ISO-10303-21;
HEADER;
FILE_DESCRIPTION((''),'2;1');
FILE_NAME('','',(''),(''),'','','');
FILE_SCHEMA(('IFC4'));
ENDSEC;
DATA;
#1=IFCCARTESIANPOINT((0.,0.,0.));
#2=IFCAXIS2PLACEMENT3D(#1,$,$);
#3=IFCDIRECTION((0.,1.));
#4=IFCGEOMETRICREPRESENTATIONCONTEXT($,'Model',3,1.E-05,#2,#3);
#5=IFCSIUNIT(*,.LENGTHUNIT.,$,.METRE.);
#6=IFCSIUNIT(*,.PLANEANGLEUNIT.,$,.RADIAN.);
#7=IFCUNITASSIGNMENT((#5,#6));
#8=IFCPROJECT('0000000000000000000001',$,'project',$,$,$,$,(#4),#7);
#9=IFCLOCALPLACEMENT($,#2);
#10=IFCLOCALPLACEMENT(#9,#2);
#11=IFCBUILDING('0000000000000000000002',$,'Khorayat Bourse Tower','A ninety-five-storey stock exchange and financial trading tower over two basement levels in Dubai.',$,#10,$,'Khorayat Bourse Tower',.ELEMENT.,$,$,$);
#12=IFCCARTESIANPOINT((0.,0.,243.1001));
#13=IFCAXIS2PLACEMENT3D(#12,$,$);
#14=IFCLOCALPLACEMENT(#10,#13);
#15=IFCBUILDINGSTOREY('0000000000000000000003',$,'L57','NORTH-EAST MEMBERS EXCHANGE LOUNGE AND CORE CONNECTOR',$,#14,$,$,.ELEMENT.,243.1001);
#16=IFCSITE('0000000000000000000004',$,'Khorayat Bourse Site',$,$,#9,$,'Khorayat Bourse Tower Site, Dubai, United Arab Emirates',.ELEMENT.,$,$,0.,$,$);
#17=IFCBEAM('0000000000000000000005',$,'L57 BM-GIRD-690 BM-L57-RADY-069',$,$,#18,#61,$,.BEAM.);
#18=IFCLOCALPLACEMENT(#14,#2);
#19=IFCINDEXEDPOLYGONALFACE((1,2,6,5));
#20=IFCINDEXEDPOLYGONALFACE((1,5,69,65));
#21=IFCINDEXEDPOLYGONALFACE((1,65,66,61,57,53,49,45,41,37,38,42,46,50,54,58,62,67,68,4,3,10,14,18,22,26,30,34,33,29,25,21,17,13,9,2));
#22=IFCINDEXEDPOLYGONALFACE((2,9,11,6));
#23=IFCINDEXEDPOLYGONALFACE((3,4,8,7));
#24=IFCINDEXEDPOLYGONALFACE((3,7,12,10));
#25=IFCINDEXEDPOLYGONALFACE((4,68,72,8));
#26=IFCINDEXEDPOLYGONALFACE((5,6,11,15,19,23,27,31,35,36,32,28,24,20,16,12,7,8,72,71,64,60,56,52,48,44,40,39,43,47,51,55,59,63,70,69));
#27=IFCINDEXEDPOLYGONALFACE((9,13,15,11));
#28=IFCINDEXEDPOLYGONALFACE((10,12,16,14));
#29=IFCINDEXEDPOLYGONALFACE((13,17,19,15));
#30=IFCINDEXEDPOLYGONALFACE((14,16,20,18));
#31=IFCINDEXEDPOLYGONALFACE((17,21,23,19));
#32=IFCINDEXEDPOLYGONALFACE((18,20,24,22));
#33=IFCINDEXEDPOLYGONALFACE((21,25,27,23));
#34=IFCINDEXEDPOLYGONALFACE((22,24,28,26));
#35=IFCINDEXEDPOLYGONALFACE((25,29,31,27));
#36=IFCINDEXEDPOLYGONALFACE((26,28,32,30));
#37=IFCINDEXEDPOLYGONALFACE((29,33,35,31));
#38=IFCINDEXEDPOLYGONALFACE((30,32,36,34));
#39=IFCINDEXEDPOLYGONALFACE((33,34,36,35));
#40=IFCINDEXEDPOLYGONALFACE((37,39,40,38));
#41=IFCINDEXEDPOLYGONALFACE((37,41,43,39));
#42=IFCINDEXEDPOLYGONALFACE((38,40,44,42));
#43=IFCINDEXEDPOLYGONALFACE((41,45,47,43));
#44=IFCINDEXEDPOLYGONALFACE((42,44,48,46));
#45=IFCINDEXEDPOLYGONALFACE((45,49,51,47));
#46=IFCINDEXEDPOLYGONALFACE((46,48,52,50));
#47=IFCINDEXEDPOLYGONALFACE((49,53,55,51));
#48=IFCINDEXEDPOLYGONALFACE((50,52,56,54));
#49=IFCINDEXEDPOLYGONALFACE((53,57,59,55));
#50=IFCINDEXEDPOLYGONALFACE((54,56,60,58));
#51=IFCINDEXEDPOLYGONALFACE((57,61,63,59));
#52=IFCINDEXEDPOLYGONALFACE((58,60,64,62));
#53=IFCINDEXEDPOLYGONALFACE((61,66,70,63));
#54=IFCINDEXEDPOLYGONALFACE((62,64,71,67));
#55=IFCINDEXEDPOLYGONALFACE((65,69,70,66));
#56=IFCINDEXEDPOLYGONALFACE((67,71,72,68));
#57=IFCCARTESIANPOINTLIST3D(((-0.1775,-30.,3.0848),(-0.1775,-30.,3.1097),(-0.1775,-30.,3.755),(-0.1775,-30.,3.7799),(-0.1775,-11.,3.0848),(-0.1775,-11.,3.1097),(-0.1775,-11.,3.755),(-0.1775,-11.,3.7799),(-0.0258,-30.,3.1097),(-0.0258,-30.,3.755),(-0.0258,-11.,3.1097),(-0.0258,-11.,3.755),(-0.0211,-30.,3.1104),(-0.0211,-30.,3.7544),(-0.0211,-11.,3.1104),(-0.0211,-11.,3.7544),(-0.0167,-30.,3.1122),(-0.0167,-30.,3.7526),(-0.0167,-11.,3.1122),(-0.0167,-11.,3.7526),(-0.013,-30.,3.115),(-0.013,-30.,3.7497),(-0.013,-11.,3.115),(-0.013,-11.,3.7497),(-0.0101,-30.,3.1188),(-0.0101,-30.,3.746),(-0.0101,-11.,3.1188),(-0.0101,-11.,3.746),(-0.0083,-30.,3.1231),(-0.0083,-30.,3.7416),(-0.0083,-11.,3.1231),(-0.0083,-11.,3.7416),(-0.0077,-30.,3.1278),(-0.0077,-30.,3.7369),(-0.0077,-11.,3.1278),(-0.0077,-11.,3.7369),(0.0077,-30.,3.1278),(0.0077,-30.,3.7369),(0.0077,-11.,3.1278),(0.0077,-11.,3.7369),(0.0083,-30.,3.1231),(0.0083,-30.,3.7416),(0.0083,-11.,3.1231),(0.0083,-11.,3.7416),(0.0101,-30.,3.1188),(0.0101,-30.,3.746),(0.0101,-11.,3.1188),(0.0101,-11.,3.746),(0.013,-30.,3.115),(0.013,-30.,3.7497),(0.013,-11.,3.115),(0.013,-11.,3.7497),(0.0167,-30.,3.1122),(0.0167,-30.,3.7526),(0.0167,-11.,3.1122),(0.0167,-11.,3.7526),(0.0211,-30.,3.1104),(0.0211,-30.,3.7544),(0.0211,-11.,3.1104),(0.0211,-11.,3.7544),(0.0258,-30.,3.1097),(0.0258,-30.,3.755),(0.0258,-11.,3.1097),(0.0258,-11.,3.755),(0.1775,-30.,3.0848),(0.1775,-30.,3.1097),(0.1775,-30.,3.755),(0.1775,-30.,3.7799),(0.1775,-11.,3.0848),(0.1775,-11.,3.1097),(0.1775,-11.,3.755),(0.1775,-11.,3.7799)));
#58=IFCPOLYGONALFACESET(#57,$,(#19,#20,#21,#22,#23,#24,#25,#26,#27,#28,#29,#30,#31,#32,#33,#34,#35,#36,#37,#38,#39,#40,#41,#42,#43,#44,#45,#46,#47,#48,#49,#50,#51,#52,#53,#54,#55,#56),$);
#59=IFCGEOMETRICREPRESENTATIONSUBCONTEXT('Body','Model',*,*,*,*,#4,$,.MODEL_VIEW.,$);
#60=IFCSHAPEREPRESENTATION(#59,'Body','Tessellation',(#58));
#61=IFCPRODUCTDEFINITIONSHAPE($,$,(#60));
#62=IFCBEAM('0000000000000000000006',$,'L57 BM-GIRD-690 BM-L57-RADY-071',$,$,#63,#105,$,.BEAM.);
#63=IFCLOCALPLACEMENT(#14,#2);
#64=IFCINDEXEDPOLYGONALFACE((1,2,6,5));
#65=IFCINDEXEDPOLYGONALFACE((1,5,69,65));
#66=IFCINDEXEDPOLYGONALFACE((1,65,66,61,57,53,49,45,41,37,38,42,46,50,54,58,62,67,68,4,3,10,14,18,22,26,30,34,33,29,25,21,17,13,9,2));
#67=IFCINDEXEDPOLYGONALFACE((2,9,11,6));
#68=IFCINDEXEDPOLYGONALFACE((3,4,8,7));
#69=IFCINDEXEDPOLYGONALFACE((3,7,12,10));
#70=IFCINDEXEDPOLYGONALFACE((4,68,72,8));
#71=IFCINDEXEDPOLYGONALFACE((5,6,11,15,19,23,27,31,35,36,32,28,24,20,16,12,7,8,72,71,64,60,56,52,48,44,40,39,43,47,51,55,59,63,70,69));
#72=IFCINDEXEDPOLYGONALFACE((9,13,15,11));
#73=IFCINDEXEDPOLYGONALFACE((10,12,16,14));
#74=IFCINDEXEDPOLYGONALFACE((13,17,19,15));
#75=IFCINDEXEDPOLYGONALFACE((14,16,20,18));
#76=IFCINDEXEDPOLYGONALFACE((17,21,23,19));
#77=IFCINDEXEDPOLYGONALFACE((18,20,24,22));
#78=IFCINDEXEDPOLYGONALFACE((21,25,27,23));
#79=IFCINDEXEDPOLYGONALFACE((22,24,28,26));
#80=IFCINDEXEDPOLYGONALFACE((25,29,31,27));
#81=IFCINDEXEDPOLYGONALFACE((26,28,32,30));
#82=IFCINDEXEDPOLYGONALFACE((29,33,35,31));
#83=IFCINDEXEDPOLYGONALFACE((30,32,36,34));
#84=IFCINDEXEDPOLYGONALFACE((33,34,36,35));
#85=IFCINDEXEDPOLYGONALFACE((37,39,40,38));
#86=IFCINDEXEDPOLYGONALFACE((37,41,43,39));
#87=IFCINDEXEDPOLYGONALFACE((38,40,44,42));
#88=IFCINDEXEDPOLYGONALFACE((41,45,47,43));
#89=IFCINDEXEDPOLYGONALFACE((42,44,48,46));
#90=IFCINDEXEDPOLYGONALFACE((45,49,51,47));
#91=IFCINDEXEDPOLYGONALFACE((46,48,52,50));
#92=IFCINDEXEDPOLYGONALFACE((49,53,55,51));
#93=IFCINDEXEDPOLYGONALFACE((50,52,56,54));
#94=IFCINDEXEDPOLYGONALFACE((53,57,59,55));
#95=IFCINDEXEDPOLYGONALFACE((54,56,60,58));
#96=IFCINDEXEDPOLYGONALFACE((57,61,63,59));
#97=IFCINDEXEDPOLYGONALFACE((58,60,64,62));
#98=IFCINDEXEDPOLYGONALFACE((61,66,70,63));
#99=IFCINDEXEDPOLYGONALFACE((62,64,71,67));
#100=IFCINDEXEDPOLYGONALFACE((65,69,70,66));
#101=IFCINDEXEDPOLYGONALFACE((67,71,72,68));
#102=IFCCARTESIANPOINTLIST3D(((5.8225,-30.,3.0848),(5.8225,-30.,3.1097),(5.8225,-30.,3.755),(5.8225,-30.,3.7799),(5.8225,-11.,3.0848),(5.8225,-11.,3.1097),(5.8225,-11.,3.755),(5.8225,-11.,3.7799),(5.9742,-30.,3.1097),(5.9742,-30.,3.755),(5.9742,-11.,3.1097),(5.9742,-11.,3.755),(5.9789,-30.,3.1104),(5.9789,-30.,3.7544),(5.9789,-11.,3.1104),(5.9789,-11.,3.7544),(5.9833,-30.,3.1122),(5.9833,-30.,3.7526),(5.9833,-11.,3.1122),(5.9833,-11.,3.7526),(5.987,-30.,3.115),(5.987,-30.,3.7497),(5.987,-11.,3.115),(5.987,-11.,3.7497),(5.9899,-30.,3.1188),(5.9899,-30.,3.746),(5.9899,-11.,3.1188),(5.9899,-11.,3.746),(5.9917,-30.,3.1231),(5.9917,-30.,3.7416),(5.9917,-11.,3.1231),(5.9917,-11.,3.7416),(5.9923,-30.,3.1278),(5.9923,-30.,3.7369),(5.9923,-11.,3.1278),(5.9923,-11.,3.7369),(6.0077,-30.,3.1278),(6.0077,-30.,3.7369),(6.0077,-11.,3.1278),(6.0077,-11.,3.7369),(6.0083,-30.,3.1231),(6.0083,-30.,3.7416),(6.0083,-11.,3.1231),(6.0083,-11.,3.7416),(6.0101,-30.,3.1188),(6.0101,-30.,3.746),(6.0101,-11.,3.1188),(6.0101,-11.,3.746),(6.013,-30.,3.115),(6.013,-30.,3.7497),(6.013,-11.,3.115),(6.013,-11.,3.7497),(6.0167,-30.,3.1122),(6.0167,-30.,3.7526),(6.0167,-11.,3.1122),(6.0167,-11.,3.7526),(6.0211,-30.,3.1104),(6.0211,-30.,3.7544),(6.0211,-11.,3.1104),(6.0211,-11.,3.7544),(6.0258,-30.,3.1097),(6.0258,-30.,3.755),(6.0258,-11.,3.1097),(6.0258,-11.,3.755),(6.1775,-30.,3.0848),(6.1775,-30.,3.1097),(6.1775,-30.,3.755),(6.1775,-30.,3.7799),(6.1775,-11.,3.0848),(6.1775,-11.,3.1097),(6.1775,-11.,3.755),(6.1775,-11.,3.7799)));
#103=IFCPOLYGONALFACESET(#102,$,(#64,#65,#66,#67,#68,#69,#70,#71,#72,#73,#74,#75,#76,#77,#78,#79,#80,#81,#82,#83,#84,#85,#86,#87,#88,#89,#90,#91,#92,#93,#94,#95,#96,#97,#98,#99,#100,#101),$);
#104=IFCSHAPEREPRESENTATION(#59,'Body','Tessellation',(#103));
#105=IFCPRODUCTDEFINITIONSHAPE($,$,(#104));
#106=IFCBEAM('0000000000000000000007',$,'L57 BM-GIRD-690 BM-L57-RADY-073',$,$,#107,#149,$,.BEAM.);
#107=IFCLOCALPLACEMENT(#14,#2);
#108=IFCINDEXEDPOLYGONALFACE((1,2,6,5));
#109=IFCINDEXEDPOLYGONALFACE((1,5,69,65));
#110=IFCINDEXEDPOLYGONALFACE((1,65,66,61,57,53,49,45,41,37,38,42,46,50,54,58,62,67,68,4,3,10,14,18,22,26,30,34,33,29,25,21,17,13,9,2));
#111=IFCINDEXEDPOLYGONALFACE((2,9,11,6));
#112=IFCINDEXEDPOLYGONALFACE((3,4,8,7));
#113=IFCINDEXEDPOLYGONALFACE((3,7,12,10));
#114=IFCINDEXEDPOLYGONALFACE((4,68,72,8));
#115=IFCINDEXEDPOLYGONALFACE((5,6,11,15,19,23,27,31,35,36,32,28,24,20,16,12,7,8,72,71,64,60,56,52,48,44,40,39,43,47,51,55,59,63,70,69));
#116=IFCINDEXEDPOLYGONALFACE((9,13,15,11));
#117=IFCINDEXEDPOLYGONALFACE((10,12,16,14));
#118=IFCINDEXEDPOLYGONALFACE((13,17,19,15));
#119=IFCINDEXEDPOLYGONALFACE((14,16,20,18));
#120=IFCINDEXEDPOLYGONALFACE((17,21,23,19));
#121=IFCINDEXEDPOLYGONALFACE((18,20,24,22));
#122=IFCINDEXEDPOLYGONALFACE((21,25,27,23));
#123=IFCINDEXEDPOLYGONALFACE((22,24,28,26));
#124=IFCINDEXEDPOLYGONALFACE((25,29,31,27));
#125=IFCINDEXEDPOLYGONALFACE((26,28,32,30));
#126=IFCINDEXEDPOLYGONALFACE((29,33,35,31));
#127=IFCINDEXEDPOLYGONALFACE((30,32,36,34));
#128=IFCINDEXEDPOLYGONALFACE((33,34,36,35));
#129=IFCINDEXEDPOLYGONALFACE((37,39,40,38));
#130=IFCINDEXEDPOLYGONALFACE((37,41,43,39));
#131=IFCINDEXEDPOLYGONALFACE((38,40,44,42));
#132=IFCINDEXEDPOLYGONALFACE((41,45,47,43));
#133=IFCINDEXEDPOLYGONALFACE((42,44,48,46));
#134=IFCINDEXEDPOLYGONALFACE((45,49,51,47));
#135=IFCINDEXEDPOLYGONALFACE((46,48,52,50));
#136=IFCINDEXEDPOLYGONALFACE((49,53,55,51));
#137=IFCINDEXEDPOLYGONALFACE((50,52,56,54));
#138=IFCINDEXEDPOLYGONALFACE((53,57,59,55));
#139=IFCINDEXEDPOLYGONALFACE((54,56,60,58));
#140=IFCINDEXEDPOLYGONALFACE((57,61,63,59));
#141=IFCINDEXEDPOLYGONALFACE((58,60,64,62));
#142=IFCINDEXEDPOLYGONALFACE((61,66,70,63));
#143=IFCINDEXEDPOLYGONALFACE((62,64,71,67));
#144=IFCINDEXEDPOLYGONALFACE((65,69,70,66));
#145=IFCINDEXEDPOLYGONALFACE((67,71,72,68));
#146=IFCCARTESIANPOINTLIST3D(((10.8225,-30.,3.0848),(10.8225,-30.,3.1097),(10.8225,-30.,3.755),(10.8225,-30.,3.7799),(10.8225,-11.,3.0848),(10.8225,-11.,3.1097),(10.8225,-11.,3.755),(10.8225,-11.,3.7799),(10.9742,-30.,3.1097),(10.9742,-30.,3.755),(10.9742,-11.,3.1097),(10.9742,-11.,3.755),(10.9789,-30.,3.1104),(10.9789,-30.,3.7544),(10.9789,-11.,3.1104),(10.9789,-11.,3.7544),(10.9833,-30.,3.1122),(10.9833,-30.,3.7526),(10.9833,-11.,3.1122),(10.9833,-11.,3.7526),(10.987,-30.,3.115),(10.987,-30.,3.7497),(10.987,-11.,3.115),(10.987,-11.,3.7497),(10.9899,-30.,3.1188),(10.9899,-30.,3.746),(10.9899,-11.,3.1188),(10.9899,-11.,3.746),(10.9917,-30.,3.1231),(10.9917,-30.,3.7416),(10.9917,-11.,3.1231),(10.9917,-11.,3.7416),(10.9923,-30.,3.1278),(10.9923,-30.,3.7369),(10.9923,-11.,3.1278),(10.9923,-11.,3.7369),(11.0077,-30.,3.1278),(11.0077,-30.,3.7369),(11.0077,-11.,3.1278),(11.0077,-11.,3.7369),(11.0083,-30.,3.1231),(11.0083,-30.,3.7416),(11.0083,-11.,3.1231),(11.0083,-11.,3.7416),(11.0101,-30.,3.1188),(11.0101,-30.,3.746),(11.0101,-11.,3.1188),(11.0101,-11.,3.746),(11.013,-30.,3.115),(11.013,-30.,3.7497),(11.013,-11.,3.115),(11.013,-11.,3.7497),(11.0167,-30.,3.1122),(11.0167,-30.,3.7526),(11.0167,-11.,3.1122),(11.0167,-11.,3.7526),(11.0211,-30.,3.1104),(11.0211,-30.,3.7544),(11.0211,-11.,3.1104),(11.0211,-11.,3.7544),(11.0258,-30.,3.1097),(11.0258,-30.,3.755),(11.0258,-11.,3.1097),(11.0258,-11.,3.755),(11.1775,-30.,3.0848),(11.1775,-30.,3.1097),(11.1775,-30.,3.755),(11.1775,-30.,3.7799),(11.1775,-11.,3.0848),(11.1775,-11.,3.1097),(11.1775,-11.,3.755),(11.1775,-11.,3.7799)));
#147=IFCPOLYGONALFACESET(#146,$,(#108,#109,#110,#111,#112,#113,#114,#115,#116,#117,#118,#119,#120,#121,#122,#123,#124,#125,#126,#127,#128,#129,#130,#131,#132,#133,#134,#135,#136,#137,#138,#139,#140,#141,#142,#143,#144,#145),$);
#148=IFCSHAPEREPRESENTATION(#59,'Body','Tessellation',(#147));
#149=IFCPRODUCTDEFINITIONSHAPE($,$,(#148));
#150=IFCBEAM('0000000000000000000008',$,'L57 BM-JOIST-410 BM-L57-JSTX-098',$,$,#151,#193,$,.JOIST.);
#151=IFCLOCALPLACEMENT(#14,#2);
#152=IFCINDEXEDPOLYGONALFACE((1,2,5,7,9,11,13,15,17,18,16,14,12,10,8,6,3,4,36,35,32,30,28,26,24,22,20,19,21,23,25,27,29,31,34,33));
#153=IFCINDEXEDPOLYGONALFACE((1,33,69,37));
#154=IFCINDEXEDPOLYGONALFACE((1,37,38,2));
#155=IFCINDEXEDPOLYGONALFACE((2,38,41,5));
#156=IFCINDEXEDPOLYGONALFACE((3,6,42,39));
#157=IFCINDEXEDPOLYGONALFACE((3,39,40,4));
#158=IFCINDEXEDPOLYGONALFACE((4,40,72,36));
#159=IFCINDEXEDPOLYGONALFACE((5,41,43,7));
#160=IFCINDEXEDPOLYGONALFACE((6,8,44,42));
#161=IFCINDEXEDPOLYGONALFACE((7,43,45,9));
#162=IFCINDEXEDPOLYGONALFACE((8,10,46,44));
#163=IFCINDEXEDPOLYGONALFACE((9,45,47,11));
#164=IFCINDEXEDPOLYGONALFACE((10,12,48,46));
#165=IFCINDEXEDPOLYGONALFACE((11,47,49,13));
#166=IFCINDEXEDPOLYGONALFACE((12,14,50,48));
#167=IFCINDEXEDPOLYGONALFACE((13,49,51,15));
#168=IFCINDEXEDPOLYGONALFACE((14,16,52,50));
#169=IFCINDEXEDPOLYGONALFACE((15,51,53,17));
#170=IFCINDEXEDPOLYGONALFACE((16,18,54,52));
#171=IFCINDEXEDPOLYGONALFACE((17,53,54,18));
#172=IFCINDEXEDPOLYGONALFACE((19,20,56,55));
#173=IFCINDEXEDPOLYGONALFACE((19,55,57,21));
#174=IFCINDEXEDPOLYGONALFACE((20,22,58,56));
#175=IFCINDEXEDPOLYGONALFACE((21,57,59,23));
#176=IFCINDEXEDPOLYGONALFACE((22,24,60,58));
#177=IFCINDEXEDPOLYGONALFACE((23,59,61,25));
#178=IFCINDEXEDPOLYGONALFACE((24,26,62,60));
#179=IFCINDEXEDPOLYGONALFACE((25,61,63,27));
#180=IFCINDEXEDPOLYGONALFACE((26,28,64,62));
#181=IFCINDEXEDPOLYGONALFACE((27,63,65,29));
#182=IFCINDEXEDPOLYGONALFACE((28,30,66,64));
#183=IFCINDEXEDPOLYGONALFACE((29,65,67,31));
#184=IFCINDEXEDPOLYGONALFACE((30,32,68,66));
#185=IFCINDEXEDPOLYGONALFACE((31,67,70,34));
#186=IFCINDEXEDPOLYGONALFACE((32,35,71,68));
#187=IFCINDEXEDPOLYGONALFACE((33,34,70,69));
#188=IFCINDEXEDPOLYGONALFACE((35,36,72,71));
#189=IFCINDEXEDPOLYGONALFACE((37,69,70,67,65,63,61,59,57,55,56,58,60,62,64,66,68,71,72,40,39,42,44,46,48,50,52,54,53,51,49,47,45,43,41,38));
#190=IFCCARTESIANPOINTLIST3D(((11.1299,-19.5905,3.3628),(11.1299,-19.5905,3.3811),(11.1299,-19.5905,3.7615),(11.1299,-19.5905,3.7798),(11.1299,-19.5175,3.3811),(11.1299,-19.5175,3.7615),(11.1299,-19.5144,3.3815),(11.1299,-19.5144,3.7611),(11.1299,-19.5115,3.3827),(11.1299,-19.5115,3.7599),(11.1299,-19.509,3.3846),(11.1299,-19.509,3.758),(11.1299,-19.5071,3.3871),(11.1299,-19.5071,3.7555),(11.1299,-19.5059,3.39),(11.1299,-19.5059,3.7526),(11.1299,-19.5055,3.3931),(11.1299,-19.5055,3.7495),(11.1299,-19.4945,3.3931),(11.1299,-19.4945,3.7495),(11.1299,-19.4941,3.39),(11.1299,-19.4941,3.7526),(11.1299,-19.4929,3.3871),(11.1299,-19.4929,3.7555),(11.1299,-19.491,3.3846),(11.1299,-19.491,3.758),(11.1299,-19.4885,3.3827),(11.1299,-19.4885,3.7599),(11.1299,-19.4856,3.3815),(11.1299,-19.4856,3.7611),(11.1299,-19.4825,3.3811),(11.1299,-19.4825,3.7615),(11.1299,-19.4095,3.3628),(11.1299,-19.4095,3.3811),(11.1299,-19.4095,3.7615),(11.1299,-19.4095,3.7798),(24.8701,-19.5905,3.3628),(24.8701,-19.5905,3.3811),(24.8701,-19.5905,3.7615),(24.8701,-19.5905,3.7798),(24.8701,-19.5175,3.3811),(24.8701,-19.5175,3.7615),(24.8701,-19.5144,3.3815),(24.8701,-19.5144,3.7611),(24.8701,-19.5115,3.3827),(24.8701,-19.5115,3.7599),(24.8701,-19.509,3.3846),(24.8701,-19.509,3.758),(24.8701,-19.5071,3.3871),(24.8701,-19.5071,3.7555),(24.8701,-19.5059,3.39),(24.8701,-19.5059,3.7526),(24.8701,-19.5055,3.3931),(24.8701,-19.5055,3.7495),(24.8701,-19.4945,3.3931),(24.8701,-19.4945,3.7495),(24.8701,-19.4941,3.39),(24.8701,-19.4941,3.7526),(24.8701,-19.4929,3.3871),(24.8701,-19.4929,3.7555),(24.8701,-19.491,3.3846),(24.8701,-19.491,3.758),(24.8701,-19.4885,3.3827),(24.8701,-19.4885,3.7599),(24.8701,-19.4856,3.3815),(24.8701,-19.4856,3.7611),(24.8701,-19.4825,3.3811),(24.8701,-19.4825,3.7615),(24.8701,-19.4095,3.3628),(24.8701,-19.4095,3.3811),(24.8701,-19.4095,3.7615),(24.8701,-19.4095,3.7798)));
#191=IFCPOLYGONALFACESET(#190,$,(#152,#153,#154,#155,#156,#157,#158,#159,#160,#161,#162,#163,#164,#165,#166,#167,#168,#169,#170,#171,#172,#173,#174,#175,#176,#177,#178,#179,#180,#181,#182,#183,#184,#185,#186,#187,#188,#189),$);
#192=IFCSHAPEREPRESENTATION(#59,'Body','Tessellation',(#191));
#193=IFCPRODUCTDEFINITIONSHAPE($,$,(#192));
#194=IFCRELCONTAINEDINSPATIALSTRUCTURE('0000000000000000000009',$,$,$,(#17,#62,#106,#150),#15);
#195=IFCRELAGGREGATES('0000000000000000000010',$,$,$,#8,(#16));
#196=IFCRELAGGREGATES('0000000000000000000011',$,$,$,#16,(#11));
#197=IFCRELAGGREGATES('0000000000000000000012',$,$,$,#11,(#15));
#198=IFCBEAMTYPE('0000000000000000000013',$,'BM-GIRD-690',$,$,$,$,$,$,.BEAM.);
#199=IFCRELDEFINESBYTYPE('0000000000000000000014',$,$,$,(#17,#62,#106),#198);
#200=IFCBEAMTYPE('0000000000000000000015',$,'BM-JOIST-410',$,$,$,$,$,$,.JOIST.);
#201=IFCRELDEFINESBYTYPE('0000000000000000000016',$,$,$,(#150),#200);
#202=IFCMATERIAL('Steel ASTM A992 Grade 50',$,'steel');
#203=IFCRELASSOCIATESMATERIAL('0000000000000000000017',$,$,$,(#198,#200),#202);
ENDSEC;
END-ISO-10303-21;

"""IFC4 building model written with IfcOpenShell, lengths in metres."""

from ifc_helpers import new_model, si_unit, direction, frame, origin, origin_2d, place, context, subcontext, project, spatial, i_section, extrude, source, transform, mapped, material, material_profile, profile_set, type_object, element, save


model = new_model("IFC4")

# Units and contexts
model_context = context("Model", 3, precision=1e-05, world=origin(), true_north=direction((0.0, 1.0)))
body_context = subcontext(model_context, "Body", "Model", "MODEL_VIEW")
ifc_project = project(units=[si_unit("LENGTHUNIT", "METRE"), si_unit("PLANEANGLEUNIT", "RADIAN")], contexts=[model_context])

# Site, building, storey
site_placement = place(None, origin())
site = spatial("IfcSite", under=ifc_project, at=site_placement, Name="Khorayat Bourse Site", LongName="Khorayat Bourse Tower Site, Dubai, United Arab Emirates", CompositionType="ELEMENT", RefElevation=0.0)
building_placement = place(site_placement, origin())
building = spatial("IfcBuilding", under=site, at=building_placement, Name="Khorayat Bourse Tower", Description="A ninety-five-storey stock exchange and financial trading tower over two basement levels in Dubai.", LongName="Khorayat Bourse Tower", CompositionType="ELEMENT")
storey_placement = place(building_placement, frame((0.0, 0.0, 243.1001)))
storey = spatial("IfcBuildingStorey", under=building, at=storey_placement, Name="L57", Description="NORTH-EAST MEMBERS EXCHANGE LOUNGE AND CORE CONNECTOR", CompositionType="ELEMENT", Elevation=243.1001)

# Beams
ifc_material_1 = material(Name="Steel ASTM A992 Grade 50", Category="steel")
ifc_material_profile_1 = material_profile(ifc_material_1, i_section(OverallWidth=0.355, OverallDepth=0.6951, WebThickness=0.0154, FlangeThickness=0.0249, FilletRadius=0.0181, at=origin_2d()), Name="W690X217")
ifc_profile_set_1 = profile_set([ifc_material_profile_1], Name="Steel ASTM A992 Grade 50")
beam_type_1 = type_object("IfcBeamType", Name="BM-GIRD-690", PredefinedType="BEAM", material=ifc_profile_set_1)
shared_shape_1 = source(origin(), body_context, "Body", "SweptSolid", [
    extrude(i_section(OverallWidth=0.355, OverallDepth=0.6951, WebThickness=0.0154, FlangeThickness=0.0249, FilletRadius=0.0181, at=origin_2d()), origin(), (0.0, 0.0, 1.0), 19.0),
])
for number, where, z_axis, x_axis, name in (
    (1, (0.0, -30.0, 3.4324), (0.0, 1.0, 0.0), (-1.0, 0.0, 0.0), "L57 BM-GIRD-690 BM-L57-RADY-069"),
    (2, (6.0, -30.0, 3.4324), (0.0, 1.0, 0.0), (-1.0, 0.0, 0.0), "L57 BM-GIRD-690 BM-L57-RADY-071"),
    (3, (11.0, -30.0, 3.4324), (0.0, 1.0, 0.0), (-1.0, 0.0, 0.0), "L57 BM-GIRD-690 BM-L57-RADY-073"),
):
    element("IfcBeam", number, at=place(storey_placement, frame(where, z_axis=z_axis, x_axis=x_axis)), inside=storey, type_object=beam_type_1, Name=name, PredefinedType="BEAM", context=body_context, shape_type="MappedRepresentation", body=[
        mapped(shared_shape_1, transform((0.0, 0.0, 0.0), scale=1.0)),
    ])
ifc_material_profile_2 = material_profile(ifc_material_1, i_section(OverallWidth=0.1809, OverallDepth=0.417, WebThickness=0.011, FlangeThickness=0.0183, FilletRadius=0.012, at=origin_2d()), Name="W410X85")
ifc_profile_set_2 = profile_set([ifc_material_profile_2], Name="Steel ASTM A992 Grade 50")
beam_type_2 = type_object("IfcBeamType", Name="BM-JOIST-410", PredefinedType="JOIST", material=ifc_profile_set_2)
shared_shape_2 = source(origin(), body_context, "Body", "SweptSolid", [
    extrude(i_section(OverallWidth=0.1809, OverallDepth=0.417, WebThickness=0.011, FlangeThickness=0.0183, FilletRadius=0.012, at=origin_2d()), origin(), (0.0, 0.0, 1.0), 13.7402),
])
beam_1_placement = place(storey_placement, frame((11.1299, -19.5, 3.5713), z_axis=(1.0, 0.0, 0.0), x_axis=(0.0, 1.0, 0.0)))
element("IfcBeam", 4, at=beam_1_placement, inside=storey, type_object=beam_type_2, Name="L57 BM-JOIST-410 BM-L57-JSTX-098", PredefinedType="JOIST", context=body_context, shape_type="MappedRepresentation", body=[
    mapped(shared_shape_2, transform((0.0, 0.0, 0.0), scale=1.0)),
])

save(model, "model.ifc")
